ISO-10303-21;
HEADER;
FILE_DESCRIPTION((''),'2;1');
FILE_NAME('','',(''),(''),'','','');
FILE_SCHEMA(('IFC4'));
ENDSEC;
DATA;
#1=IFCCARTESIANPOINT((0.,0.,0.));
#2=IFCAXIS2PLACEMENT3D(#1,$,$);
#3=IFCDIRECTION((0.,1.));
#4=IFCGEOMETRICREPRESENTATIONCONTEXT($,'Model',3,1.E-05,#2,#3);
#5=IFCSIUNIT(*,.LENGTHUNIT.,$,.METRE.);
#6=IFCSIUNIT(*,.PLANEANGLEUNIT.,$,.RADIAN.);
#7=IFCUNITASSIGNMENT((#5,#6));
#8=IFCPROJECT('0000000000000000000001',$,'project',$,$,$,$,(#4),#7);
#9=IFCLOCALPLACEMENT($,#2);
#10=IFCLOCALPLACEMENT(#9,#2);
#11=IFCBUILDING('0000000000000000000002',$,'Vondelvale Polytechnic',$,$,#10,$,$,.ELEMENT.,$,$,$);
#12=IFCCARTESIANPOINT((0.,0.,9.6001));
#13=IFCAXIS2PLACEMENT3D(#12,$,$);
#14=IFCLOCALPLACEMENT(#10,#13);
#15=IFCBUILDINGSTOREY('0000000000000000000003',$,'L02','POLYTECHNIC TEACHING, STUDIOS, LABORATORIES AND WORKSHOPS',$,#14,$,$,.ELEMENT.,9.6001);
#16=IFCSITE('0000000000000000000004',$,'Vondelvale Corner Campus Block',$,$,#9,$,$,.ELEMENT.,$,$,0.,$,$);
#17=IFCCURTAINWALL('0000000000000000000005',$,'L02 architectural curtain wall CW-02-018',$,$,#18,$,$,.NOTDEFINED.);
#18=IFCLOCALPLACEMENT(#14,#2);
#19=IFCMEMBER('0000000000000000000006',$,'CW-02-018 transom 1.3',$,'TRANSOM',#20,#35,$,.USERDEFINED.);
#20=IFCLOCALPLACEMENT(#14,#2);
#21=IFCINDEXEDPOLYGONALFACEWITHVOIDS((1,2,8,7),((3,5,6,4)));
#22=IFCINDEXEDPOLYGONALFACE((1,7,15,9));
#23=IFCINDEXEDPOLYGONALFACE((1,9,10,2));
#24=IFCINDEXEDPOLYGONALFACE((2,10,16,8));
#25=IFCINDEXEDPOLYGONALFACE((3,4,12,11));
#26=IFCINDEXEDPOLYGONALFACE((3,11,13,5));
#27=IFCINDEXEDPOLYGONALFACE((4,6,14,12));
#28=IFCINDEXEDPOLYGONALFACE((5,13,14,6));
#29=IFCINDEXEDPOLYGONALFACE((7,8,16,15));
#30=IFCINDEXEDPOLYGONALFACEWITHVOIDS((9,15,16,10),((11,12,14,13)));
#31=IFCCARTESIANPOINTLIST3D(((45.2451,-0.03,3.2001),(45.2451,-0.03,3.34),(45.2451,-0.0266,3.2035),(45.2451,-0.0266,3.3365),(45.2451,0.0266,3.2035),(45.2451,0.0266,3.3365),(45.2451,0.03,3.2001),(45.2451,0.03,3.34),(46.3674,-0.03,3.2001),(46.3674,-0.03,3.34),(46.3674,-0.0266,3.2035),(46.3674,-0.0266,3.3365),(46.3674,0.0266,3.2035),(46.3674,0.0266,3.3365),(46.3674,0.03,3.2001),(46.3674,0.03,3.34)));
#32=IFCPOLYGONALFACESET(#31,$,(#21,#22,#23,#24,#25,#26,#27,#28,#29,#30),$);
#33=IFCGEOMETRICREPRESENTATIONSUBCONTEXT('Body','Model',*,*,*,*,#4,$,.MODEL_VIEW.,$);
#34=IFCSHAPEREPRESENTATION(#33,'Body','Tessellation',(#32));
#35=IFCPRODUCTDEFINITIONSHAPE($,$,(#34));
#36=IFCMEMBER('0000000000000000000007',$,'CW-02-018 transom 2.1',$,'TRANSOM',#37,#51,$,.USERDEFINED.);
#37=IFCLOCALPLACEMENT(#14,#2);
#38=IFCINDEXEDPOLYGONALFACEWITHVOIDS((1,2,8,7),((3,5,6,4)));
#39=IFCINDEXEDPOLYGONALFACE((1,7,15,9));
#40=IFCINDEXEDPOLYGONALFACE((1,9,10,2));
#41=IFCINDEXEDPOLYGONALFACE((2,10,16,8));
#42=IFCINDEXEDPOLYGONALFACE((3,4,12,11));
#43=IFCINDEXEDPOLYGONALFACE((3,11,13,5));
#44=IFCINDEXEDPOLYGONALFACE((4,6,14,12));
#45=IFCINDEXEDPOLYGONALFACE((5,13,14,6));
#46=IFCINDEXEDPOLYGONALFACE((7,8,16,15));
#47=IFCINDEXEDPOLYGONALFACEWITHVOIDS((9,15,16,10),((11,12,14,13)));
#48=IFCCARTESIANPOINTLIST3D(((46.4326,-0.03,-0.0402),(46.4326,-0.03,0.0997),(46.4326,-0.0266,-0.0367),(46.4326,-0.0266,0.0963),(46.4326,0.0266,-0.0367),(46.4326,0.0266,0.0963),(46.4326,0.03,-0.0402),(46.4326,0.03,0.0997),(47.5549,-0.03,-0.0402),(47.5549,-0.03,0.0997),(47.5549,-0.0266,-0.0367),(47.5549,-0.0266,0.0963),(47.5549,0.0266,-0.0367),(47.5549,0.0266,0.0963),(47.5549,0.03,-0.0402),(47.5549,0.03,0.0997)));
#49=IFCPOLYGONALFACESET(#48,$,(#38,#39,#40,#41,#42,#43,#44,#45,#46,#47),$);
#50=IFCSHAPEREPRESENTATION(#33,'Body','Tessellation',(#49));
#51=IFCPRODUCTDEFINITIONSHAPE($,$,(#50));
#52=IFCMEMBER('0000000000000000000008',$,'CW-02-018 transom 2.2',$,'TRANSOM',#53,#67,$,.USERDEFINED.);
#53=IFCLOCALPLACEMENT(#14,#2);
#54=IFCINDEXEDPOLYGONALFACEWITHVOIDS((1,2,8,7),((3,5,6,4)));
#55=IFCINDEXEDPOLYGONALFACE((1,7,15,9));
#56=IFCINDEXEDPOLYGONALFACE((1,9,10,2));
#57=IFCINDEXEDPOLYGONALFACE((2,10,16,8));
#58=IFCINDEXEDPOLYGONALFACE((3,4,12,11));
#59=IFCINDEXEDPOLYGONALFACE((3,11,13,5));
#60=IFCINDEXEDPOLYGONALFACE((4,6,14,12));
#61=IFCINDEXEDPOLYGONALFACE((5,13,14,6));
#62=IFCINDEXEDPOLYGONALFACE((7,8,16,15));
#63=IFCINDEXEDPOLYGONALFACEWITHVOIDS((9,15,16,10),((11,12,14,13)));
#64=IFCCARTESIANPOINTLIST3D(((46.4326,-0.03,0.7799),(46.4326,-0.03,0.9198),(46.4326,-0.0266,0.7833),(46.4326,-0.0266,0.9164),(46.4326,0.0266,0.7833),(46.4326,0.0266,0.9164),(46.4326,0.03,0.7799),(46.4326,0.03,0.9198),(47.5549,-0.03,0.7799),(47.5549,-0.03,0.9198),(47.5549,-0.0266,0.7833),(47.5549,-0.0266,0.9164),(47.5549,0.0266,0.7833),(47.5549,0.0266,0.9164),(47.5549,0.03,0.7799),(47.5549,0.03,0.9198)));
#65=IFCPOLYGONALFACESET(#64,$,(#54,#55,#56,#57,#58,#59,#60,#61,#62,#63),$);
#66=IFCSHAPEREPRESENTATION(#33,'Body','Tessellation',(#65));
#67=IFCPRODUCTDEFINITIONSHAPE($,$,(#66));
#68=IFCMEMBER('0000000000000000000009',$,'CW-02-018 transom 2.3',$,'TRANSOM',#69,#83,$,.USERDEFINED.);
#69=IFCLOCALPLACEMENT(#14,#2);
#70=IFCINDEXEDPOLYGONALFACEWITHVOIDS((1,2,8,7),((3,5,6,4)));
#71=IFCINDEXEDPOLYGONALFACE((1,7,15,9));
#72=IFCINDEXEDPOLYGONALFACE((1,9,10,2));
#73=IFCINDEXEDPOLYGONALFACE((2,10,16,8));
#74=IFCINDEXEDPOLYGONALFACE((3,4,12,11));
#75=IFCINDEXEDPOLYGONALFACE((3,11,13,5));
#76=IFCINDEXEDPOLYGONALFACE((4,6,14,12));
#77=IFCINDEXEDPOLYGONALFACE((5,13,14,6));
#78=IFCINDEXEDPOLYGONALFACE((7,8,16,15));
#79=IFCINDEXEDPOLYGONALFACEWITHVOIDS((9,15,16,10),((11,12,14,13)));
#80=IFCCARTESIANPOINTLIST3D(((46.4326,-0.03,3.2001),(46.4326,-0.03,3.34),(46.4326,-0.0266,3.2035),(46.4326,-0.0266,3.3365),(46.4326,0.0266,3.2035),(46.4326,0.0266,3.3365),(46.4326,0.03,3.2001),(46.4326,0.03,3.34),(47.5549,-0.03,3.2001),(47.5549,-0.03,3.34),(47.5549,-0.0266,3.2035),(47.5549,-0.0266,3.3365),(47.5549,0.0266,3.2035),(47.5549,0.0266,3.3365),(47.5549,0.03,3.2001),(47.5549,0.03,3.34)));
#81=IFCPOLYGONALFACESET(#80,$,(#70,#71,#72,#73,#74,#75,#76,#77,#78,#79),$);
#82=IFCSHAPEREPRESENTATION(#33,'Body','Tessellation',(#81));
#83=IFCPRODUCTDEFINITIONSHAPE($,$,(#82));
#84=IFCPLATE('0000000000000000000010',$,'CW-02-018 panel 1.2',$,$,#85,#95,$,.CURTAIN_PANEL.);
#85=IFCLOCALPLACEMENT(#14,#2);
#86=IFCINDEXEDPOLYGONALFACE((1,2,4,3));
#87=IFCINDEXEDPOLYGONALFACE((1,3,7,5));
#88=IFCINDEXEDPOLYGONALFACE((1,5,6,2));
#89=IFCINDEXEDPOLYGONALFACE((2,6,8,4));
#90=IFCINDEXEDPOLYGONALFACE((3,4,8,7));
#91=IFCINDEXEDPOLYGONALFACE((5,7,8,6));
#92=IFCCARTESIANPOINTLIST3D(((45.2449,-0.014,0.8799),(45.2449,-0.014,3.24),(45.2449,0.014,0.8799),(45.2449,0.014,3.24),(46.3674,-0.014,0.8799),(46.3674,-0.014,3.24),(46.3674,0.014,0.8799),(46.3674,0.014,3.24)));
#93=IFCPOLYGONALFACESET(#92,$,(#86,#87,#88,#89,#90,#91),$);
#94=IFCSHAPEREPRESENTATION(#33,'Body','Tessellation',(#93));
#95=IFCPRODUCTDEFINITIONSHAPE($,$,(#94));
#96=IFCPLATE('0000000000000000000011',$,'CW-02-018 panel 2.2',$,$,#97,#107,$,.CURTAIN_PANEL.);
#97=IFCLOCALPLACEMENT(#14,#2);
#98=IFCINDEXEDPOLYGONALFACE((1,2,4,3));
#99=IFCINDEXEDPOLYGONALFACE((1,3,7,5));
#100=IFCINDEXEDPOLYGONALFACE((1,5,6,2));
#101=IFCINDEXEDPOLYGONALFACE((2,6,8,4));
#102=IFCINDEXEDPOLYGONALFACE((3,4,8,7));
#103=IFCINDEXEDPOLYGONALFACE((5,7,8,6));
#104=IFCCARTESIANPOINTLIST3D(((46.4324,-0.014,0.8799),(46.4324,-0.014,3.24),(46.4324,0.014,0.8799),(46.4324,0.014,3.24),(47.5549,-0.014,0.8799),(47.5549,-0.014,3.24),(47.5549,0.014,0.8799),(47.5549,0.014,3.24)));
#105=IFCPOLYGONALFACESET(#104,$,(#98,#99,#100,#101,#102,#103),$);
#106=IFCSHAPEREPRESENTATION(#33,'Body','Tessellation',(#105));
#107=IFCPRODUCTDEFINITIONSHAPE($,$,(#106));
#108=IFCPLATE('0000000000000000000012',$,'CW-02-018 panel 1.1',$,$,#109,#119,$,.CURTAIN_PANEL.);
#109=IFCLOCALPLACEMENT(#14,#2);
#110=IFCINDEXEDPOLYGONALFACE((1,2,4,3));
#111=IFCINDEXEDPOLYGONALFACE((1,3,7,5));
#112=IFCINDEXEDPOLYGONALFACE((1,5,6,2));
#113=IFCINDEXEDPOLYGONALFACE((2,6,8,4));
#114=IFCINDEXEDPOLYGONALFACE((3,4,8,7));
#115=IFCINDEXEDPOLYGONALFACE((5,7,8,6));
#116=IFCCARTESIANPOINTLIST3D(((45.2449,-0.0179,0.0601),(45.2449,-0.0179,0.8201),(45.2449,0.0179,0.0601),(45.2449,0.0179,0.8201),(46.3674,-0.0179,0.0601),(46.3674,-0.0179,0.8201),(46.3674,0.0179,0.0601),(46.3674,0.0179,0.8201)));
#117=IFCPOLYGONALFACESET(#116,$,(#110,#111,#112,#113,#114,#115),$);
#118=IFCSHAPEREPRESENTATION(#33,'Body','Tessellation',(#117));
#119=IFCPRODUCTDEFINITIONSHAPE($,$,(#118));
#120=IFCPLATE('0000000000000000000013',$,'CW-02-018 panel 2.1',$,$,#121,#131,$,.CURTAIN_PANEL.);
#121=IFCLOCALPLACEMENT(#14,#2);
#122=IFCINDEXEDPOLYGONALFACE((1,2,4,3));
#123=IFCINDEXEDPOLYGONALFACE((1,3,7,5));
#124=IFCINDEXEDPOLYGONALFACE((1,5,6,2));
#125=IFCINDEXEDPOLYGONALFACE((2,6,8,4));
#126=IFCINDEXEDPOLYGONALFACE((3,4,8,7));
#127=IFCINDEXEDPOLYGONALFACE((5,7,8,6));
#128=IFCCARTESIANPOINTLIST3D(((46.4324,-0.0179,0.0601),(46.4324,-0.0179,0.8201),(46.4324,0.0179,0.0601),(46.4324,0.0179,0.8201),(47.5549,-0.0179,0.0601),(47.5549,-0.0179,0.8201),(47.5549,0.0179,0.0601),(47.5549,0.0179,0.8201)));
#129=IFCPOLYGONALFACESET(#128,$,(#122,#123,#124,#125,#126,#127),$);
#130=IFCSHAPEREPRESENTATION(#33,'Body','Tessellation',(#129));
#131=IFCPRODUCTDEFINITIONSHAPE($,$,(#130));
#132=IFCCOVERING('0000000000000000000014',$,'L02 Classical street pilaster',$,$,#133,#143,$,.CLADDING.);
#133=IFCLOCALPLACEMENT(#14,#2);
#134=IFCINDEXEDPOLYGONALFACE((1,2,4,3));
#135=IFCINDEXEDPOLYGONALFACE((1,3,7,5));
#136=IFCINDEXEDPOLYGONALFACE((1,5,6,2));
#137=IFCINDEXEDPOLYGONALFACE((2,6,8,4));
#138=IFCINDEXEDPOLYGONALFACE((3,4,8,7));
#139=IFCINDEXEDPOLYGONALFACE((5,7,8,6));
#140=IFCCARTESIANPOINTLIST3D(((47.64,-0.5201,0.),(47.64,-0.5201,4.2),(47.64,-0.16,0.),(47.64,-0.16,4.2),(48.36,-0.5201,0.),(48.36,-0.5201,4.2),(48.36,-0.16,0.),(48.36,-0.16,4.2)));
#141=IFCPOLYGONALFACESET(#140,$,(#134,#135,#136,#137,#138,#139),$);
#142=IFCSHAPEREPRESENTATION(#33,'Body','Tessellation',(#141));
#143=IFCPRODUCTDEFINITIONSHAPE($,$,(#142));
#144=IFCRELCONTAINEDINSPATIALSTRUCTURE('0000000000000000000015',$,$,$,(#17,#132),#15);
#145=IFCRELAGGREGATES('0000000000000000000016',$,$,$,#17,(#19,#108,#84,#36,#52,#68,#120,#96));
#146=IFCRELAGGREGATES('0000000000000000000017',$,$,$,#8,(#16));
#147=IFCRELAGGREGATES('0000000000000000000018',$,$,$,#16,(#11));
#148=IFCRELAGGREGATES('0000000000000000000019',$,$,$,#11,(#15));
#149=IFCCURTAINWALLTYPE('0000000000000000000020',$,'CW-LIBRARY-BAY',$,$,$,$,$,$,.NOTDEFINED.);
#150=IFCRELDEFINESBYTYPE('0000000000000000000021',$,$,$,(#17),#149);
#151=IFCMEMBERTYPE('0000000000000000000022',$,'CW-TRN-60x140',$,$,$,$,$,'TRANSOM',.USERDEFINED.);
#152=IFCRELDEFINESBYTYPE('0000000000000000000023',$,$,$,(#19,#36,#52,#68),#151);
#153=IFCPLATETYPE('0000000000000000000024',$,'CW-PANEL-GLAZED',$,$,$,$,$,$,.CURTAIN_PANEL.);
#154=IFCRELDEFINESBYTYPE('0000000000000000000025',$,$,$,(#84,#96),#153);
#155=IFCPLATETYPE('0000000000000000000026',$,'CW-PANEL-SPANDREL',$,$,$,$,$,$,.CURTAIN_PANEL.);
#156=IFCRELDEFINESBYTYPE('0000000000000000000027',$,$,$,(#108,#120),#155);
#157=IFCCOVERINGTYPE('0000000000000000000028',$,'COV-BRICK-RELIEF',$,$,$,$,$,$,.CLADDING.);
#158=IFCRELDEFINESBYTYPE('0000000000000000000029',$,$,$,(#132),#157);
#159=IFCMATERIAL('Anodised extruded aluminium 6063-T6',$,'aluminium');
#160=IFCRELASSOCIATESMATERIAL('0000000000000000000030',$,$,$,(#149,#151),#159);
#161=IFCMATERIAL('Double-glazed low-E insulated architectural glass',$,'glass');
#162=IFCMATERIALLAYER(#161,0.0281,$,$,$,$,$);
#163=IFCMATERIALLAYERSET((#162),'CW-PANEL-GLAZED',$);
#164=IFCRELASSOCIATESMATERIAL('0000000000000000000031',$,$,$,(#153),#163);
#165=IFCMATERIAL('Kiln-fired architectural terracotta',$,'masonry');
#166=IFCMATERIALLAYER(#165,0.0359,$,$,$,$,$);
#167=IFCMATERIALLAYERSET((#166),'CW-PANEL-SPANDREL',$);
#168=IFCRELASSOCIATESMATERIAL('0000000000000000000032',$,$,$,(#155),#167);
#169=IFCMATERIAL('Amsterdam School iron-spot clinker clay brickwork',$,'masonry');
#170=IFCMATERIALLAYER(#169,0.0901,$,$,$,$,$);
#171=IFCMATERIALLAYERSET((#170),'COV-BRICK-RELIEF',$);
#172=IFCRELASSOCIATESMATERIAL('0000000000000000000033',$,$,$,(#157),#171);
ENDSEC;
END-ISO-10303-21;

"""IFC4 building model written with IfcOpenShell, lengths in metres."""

from ifc_helpers import new_model, si_unit, direction, frame, origin, origin_2d, place, context, subcontext, project, spatial, rectangle, hollow_rectangle, extrude, material, layer, layer_set, material_profile, profile_set, type_object, element, aggregate, save


model = new_model("IFC4")

# Units and contexts
model_context = context("Model", 3, precision=1e-05, world=origin(), true_north=direction((0.0, 1.0)))
body_context = subcontext(model_context, "Body", "Model", "MODEL_VIEW")
ifc_project = project(units=[si_unit("LENGTHUNIT", "METRE"), si_unit("PLANEANGLEUNIT", "RADIAN")], contexts=[model_context])

# Site, building, storey
site_placement = place(None, origin())
site = spatial("IfcSite", under=ifc_project, at=site_placement, Name="Vondelvale Corner Campus Block", CompositionType="ELEMENT", RefElevation=0.0)
building_placement = place(site_placement, origin())
building = spatial("IfcBuilding", under=site, at=building_placement, Name="Vondelvale Polytechnic", CompositionType="ELEMENT")
storey_placement = place(building_placement, frame((0.0, 0.0, 9.6001)))
storey = spatial("IfcBuildingStorey", under=building, at=storey_placement, Name="L02", Description="POLYTECHNIC TEACHING, STUDIOS, LABORATORIES AND WORKSHOPS", CompositionType="ELEMENT", Elevation=9.6001)

# Curtain wall, members, plates
ifc_material_1 = material(Name="Anodised extruded aluminium 6063-T6", Category="aluminium")
curtain_wall_type = type_object("IfcCurtainWallType", Name="CW-LIBRARY-BAY", PredefinedType="NOTDEFINED", material=ifc_material_1)
curtain_wall_placement = place(storey_placement, origin())
curtain_wall = element("IfcCurtainWall", 1, at=curtain_wall_placement, inside=storey, type_object=curtain_wall_type, Name="L02 architectural curtain wall CW-02-018", PredefinedType="NOTDEFINED")
ifc_material_profile_1 = material_profile(ifc_material_1, hollow_rectangle(XDim=0.0601, YDim=0.1399, WallThickness=0.0034, at=origin_2d()), Name="CW-TRN-140x60")
ifc_profile_set_1 = profile_set([ifc_material_profile_1], Name="Anodised extruded aluminium 6063-T6")
member_type_1 = type_object("IfcMemberType", Name="CW-TRN-60x140", ElementType="TRANSOM", PredefinedType="USERDEFINED", material=ifc_profile_set_1)
member_1_placement = place(storey_placement, frame((45.2451, 0.0, 3.27), z_axis=(1.0, 0.0, 0.0), x_axis=(0.0, 1.0, 0.0)))
member_1 = element("IfcMember", 2, at=member_1_placement, type_object=member_type_1, Name="CW-02-018 transom 1.3", ObjectType="TRANSOM", PredefinedType="USERDEFINED", context=body_context, shape_type="SweptSolid", body=[
    extrude(hollow_rectangle(XDim=0.0601, YDim=0.1399, WallThickness=0.0034, at=origin_2d()), origin(), (0.0, 0.0, 1.0), 1.1223),
])
member_2_placement = place(storey_placement, frame((46.4326, 0.0, 0.0298), z_axis=(1.0, 0.0, 0.0), x_axis=(0.0, 1.0, 0.0)))
member_2 = element("IfcMember", 3, at=member_2_placement, type_object=member_type_1, Name="CW-02-018 transom 2.1", ObjectType="TRANSOM", PredefinedType="USERDEFINED", context=body_context, shape_type="SweptSolid", body=[
    extrude(hollow_rectangle(XDim=0.0601, YDim=0.1399, WallThickness=0.0034, at=origin_2d()), origin(), (0.0, 0.0, 1.0), 1.1223),
])
member_3_placement = place(storey_placement, frame((46.4326, 0.0, 0.8499), z_axis=(1.0, 0.0, 0.0), x_axis=(0.0, 1.0, 0.0)))
member_3 = element("IfcMember", 4, at=member_3_placement, type_object=member_type_1, Name="CW-02-018 transom 2.2", ObjectType="TRANSOM", PredefinedType="USERDEFINED", context=body_context, shape_type="SweptSolid", body=[
    extrude(hollow_rectangle(XDim=0.0601, YDim=0.1399, WallThickness=0.0034, at=origin_2d()), origin(), (0.0, 0.0, 1.0), 1.1223),
])
member_4_placement = place(storey_placement, frame((46.4326, 0.0, 3.27), z_axis=(1.0, 0.0, 0.0), x_axis=(0.0, 1.0, 0.0)))
member_4 = element("IfcMember", 5, at=member_4_placement, type_object=member_type_1, Name="CW-02-018 transom 2.3", ObjectType="TRANSOM", PredefinedType="USERDEFINED", context=body_context, shape_type="SweptSolid", body=[
    extrude(hollow_rectangle(XDim=0.0601, YDim=0.1399, WallThickness=0.0034, at=origin_2d()), origin(), (0.0, 0.0, 1.0), 1.1223),
])
ifc_material_2 = material(Name="Double-glazed low-E insulated architectural glass", Category="glass")
ifc_layer_1 = layer(ifc_material_2, 0.0281)
ifc_layer_set_1 = layer_set([ifc_layer_1], Name="CW-PANEL-GLAZED")
plate_type_1 = type_object("IfcPlateType", Name="CW-PANEL-GLAZED", PredefinedType="CURTAIN_PANEL", material=ifc_layer_set_1)
plate_1_placement = place(storey_placement, frame((45.8062, 0.0, 0.8799), z_axis=(0.0, 0.0, 1.0), x_axis=(1.0, 0.0, 0.0)))
plate_1 = element("IfcPlate", 6, at=plate_1_placement, type_object=plate_type_1, Name="CW-02-018 panel 1.2", PredefinedType="CURTAIN_PANEL", context=body_context, shape_type="SweptSolid", body=[
    extrude(rectangle(XDim=1.1226, YDim=0.0281, at=origin_2d()), origin(), (0.0, 0.0, 1.0), 2.3601),
])
plate_2_placement = place(storey_placement, frame((46.9937, 0.0, 0.8799), z_axis=(0.0, 0.0, 1.0), x_axis=(1.0, 0.0, 0.0)))
plate_2 = element("IfcPlate", 7, at=plate_2_placement, type_object=plate_type_1, Name="CW-02-018 panel 2.2", PredefinedType="CURTAIN_PANEL", context=body_context, shape_type="SweptSolid", body=[
    extrude(rectangle(XDim=1.1226, YDim=0.0281, at=origin_2d()), origin(), (0.0, 0.0, 1.0), 2.3601),
])
ifc_material_3 = material(Name="Kiln-fired architectural terracotta", Category="masonry")
ifc_layer_2 = layer(ifc_material_3, 0.0359)
ifc_layer_set_2 = layer_set([ifc_layer_2], Name="CW-PANEL-SPANDREL")
plate_type_2 = type_object("IfcPlateType", Name="CW-PANEL-SPANDREL", PredefinedType="CURTAIN_PANEL", material=ifc_layer_set_2)
plate_3_placement = place(storey_placement, frame((45.8062, 0.0, 0.0601), z_axis=(0.0, 0.0, 1.0), x_axis=(1.0, 0.0, 0.0)))
plate_3 = element("IfcPlate", 8, at=plate_3_placement, type_object=plate_type_2, Name="CW-02-018 panel 1.1", PredefinedType="CURTAIN_PANEL", context=body_context, shape_type="SweptSolid", body=[
    extrude(rectangle(XDim=1.1226, YDim=0.0359, at=origin_2d()), origin(), (0.0, 0.0, 1.0), 0.76),
])
plate_4_placement = place(storey_placement, frame((46.9937, 0.0, 0.0601), z_axis=(0.0, 0.0, 1.0), x_axis=(1.0, 0.0, 0.0)))
plate_4 = element("IfcPlate", 9, at=plate_4_placement, type_object=plate_type_2, Name="CW-02-018 panel 2.1", PredefinedType="CURTAIN_PANEL", context=body_context, shape_type="SweptSolid", body=[
    extrude(rectangle(XDim=1.1226, YDim=0.0359, at=origin_2d()), origin(), (0.0, 0.0, 1.0), 0.76),
])
aggregate(curtain_wall, [member_1, plate_3, plate_1, member_2, member_3, member_4, plate_4, plate_2])

# Covering
ifc_material_4 = material(Name="Amsterdam School iron-spot clinker clay brickwork", Category="masonry")
ifc_layer_3 = layer(ifc_material_4, 0.0901)
ifc_layer_set_3 = layer_set([ifc_layer_3], Name="COV-BRICK-RELIEF")
covering_type = type_object("IfcCoveringType", Name="COV-BRICK-RELIEF", PredefinedType="CLADDING", material=ifc_layer_set_3)
covering_placement = place(storey_placement, frame((48.0, -0.3401, 0.0), z_axis=(0.0, 0.0, 1.0), x_axis=(1.0, 0.0, 0.0)))
element("IfcCovering", 10, at=covering_placement, inside=storey, type_object=covering_type, Name="L02 Classical street pilaster", PredefinedType="CLADDING", context=body_context, shape_type="SweptSolid", body=[
    extrude(rectangle(XDim=0.72, YDim=0.3601, at=origin_2d()), origin(), (0.0, 0.0, 1.0), 4.2),
])

save(model, "model.ifc")
